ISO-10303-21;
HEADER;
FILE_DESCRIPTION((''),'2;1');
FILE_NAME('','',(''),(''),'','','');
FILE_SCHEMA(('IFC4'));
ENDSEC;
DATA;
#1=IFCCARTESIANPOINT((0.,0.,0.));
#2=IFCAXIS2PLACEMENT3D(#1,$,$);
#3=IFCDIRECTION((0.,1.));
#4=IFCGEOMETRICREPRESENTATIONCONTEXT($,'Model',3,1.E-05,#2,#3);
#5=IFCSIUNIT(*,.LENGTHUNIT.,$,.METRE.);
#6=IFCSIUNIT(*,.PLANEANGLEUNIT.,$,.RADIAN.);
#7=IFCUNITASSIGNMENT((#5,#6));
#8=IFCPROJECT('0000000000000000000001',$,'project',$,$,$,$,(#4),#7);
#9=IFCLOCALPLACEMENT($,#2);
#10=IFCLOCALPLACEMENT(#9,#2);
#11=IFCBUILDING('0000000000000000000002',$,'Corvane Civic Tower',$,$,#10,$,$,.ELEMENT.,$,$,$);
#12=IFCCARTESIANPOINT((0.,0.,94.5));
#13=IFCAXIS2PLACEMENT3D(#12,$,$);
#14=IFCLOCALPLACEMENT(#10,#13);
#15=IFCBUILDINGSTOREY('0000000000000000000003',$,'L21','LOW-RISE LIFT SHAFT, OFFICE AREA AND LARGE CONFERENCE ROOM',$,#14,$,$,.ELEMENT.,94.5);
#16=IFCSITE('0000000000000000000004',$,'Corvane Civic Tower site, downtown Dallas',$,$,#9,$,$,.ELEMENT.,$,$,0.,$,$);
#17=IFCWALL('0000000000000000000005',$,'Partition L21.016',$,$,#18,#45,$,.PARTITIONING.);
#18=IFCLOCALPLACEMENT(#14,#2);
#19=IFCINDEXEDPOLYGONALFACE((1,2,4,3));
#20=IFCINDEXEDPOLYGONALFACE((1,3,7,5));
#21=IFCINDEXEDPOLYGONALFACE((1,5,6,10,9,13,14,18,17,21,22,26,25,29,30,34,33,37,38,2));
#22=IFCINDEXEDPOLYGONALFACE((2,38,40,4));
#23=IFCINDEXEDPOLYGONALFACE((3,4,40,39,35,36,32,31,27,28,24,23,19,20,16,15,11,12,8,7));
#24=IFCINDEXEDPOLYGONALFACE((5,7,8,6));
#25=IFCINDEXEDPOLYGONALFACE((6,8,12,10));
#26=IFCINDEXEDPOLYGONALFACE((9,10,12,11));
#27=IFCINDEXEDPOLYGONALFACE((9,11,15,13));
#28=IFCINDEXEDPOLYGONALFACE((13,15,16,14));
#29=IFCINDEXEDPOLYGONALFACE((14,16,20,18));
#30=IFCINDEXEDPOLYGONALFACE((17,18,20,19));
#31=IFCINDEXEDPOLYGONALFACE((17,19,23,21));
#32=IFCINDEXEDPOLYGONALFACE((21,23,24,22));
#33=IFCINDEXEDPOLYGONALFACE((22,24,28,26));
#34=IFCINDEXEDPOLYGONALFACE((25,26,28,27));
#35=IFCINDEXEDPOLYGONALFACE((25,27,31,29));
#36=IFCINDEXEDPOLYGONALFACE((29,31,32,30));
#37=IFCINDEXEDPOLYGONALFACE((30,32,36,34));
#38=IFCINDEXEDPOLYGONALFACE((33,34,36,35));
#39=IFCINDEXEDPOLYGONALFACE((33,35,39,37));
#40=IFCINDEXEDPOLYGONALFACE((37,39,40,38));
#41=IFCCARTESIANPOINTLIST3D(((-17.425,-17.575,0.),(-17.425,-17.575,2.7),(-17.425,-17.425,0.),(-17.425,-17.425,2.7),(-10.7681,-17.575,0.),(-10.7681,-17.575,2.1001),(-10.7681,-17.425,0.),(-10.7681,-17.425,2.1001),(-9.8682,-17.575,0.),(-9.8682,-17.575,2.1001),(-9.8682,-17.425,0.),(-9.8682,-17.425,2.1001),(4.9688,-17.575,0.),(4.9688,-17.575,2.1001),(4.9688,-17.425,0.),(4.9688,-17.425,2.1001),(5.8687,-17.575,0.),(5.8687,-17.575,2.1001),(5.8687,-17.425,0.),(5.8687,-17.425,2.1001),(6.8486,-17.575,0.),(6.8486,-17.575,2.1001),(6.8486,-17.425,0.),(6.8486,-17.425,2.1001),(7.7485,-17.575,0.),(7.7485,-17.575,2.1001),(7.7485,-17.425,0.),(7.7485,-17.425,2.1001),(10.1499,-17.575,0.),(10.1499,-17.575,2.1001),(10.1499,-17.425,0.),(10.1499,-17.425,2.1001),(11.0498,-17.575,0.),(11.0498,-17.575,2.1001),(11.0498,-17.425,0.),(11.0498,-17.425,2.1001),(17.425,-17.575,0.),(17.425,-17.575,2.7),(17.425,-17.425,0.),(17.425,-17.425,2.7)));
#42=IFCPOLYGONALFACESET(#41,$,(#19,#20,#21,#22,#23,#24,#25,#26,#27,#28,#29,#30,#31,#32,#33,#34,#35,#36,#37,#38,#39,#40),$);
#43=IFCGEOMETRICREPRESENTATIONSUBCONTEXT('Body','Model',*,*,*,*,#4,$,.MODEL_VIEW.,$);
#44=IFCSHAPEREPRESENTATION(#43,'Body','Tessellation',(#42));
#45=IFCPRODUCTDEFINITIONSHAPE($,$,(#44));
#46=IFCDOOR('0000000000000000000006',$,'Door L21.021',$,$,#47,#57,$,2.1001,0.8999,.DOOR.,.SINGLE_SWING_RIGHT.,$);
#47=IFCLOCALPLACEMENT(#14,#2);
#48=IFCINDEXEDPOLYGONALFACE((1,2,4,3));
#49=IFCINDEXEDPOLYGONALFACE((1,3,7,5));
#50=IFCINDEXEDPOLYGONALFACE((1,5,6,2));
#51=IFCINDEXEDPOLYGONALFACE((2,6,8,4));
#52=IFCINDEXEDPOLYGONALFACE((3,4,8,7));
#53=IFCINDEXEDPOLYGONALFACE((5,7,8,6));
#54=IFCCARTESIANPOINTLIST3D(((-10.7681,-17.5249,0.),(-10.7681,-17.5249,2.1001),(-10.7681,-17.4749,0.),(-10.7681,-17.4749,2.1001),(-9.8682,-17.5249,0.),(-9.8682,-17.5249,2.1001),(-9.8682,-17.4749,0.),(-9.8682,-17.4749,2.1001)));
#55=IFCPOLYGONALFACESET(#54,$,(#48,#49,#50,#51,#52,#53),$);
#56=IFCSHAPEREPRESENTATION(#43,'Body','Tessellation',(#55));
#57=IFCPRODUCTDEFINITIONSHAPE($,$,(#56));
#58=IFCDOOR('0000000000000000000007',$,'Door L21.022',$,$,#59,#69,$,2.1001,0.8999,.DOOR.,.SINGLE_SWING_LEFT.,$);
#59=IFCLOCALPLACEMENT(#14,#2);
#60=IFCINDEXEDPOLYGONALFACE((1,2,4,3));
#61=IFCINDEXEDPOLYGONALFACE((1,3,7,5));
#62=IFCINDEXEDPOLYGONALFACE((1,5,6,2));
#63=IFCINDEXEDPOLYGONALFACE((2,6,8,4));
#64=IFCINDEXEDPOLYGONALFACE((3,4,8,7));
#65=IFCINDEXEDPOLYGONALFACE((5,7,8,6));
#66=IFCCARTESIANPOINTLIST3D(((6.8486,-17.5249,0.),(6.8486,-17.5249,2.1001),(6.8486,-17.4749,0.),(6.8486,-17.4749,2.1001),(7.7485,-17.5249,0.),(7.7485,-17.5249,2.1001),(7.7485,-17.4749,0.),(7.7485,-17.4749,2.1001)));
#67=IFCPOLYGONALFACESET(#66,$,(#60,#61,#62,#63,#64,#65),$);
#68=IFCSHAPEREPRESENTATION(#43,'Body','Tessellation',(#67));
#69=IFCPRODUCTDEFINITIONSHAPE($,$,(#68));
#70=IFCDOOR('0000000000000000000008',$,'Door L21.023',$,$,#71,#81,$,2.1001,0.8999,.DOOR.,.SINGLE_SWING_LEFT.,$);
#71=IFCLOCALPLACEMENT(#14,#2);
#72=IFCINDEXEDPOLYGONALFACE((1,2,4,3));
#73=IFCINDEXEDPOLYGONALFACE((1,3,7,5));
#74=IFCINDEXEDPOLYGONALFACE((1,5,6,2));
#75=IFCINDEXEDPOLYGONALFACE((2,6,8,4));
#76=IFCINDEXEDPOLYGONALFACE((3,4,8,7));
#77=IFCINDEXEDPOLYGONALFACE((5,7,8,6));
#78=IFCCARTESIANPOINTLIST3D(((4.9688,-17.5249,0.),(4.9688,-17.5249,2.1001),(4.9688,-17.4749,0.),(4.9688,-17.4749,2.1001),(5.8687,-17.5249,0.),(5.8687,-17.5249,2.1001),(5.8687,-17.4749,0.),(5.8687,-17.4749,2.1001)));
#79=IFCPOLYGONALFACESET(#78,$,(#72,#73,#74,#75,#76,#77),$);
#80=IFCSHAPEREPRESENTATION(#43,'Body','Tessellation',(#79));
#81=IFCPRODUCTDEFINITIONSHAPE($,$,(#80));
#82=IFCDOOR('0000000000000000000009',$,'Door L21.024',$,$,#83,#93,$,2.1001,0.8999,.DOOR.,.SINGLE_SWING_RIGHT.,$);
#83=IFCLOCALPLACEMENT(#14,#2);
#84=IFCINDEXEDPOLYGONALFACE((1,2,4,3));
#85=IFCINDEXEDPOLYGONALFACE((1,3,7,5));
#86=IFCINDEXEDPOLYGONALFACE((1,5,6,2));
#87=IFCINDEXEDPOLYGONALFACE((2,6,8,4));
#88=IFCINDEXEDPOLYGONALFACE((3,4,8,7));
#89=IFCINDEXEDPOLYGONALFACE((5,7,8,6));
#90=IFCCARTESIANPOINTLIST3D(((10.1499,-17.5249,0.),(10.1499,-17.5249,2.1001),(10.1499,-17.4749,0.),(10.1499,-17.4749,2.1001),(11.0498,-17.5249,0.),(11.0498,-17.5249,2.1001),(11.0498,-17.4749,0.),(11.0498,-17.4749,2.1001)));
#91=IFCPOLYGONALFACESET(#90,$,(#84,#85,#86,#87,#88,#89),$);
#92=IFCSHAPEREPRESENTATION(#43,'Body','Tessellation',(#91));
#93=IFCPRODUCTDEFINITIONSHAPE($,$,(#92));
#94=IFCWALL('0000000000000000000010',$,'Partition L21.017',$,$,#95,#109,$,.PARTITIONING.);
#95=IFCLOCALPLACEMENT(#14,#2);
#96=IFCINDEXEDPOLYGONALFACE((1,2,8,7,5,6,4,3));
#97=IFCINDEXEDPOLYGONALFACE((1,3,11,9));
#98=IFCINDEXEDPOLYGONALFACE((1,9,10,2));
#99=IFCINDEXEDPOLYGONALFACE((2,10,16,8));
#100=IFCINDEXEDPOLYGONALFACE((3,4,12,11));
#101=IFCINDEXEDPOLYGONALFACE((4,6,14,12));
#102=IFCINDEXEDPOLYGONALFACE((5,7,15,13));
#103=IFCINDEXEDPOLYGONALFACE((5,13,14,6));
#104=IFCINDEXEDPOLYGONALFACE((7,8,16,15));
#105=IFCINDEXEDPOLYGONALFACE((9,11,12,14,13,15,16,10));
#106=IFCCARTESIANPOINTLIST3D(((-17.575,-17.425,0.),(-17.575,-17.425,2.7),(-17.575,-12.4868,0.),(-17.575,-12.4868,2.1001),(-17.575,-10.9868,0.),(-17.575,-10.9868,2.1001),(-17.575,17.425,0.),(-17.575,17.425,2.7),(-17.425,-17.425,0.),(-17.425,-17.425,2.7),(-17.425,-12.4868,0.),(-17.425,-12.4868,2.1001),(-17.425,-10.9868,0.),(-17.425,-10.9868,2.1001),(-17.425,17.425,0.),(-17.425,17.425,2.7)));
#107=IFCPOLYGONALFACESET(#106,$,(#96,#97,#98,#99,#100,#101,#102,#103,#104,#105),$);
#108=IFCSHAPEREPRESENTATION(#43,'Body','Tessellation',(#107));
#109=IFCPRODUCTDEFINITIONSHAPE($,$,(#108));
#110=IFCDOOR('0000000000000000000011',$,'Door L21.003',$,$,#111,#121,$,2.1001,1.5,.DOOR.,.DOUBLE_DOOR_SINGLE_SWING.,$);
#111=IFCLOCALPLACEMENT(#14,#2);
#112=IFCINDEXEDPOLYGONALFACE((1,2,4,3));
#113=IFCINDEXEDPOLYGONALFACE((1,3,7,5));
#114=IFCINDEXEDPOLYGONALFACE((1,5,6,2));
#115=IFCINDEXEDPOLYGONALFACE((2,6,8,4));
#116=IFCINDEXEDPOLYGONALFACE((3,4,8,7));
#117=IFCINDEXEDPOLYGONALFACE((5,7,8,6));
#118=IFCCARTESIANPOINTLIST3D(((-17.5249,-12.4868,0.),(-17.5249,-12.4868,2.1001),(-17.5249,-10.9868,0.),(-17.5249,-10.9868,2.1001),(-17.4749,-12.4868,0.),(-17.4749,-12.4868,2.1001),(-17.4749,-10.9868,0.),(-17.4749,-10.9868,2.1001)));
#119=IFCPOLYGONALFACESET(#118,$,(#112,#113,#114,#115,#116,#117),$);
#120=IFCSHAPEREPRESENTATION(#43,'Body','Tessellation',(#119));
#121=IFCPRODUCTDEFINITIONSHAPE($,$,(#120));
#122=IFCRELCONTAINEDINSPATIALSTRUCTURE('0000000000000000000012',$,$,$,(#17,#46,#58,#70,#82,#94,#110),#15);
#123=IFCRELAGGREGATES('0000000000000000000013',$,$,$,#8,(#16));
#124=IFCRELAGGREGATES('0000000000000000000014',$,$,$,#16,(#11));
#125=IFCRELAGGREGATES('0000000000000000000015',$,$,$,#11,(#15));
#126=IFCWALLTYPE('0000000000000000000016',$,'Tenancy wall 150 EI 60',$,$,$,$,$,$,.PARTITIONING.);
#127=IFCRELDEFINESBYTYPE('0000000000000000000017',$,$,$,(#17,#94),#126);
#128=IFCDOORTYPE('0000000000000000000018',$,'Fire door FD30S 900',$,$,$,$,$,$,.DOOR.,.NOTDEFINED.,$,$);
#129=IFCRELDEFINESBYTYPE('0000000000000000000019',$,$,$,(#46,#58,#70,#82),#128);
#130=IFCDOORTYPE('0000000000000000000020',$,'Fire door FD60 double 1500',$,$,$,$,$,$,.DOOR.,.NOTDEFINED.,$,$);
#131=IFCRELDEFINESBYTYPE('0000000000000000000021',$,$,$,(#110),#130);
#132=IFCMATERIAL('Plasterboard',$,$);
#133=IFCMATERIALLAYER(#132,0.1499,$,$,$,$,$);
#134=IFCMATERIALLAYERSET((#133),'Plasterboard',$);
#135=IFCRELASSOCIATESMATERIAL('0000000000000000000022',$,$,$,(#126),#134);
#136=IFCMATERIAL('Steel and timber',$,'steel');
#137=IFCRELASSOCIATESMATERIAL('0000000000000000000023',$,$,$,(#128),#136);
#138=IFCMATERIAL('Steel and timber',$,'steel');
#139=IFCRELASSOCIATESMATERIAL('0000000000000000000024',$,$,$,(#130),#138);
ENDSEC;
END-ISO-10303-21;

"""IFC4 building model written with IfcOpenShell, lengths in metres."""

from ifc_helpers import new_model, si_unit, direction, frame, frame_2d, origin, place, context, subcontext, project, spatial, rectangle, extrude, material, layer, layer_set, type_object, element, fill, save


model = new_model("IFC4")

# Units and contexts
model_context = context("Model", 3, precision=1e-05, world=origin(), true_north=direction((0.0, 1.0)))
body_context = subcontext(model_context, "Body", "Model", "MODEL_VIEW")
ifc_project = project(units=[si_unit("LENGTHUNIT", "METRE"), si_unit("PLANEANGLEUNIT", "RADIAN")], contexts=[model_context])

# Site, building, storey
site_placement = place(None, origin())
site = spatial("IfcSite", under=ifc_project, at=site_placement, Name="Corvane Civic Tower site, downtown Dallas", CompositionType="ELEMENT", RefElevation=0.0)
building_placement = place(site_placement, origin())
building = spatial("IfcBuilding", under=site, at=building_placement, Name="Corvane Civic Tower", CompositionType="ELEMENT")
storey_placement = place(building_placement, frame((0.0, 0.0, 94.5)))
storey = spatial("IfcBuildingStorey", under=building, at=storey_placement, Name="L21", Description="LOW-RISE LIFT SHAFT, OFFICE AREA AND LARGE CONFERENCE ROOM", CompositionType="ELEMENT", Elevation=94.5)

# Wall, openings, doors
ifc_material_1 = material(Name="Plasterboard")
ifc_layer_1 = layer(ifc_material_1, 0.1499)
ifc_layer_set_1 = layer_set([ifc_layer_1], Name="Plasterboard")
wall_type_1 = type_object("IfcWallType", Name="Tenancy wall 150 EI 60", PredefinedType="PARTITIONING", material=ifc_layer_set_1)
wall_1_placement = place(storey_placement, frame((-17.425, -17.5, 0.0), z_axis=(0.0, 0.0, 1.0), x_axis=(1.0, 0.0, 0.0)))
wall_1 = element("IfcWall", 1, at=wall_1_placement, inside=storey, type_object=wall_type_1, Name="Partition L21.016", PredefinedType="PARTITIONING", context=body_context, shape_type="SweptSolid", body=[
    extrude(rectangle(XDim=34.8501, YDim=0.1499, at=frame_2d((17.425, 0.0))), origin(), (0.0, 0.0, 1.0), 2.7),
])
opening_1_placement = place(wall_1_placement, frame((6.657, 0.0, 0.0)))
opening_1 = element("IfcOpeningElement", 2, at=opening_1_placement, cuts=wall_1, PredefinedType="OPENING", context=body_context, shape_type="SweptSolid", body=[
    extrude(rectangle(XDim=0.8999, YDim=2.1001, at=frame_2d((0.45, 1.05))), frame((0.0, 0.085, 0.0), z_axis=(0.0, -1.0, 0.0), x_axis=(1.0, 0.0, 0.0)), (0.0, 0.0, 1.0), 0.1699),
])
opening_2_placement = place(wall_1_placement, frame((24.2737, 0.0, 0.0)))
opening_2 = element("IfcOpeningElement", 3, at=opening_2_placement, cuts=wall_1, PredefinedType="OPENING", context=body_context, shape_type="SweptSolid", body=[
    extrude(rectangle(XDim=0.8999, YDim=2.1001, at=frame_2d((0.45, 1.05))), frame((0.0, 0.085, 0.0), z_axis=(0.0, -1.0, 0.0), x_axis=(1.0, 0.0, 0.0)), (0.0, 0.0, 1.0), 0.1699),
])
opening_3_placement = place(wall_1_placement, frame((22.3938, 0.0, 0.0)))
opening_3 = element("IfcOpeningElement", 4, at=opening_3_placement, cuts=wall_1, PredefinedType="OPENING", context=body_context, shape_type="SweptSolid", body=[
    extrude(rectangle(XDim=0.8999, YDim=2.1001, at=frame_2d((0.45, 1.05))), frame((0.0, 0.085, 0.0), z_axis=(0.0, -1.0, 0.0), x_axis=(1.0, 0.0, 0.0)), (0.0, 0.0, 1.0), 0.1699),
])
opening_4_placement = place(wall_1_placement, frame((27.575, 0.0, 0.0)))
opening_4 = element("IfcOpeningElement", 5, at=opening_4_placement, cuts=wall_1, PredefinedType="OPENING", context=body_context, shape_type="SweptSolid", body=[
    extrude(rectangle(XDim=0.8999, YDim=2.1001, at=frame_2d((0.45, 1.05))), frame((0.0, 0.085, 0.0), z_axis=(0.0, -1.0, 0.0), x_axis=(1.0, 0.0, 0.0)), (0.0, 0.0, 1.0), 0.1699),
])
ifc_material_2 = material(Name="Steel and timber", Category="steel")
door_type_1 = type_object("IfcDoorType", Name="Fire door FD30S 900", OperationType="NOTDEFINED", PredefinedType="DOOR", material=ifc_material_2)
door_1_placement = place(opening_1_placement, frame((0.8999, 0.0, 0.0), z_axis=(0.0, 0.0, 1.0), x_axis=(-1.0, 0.0, 0.0)))
door_1 = element("IfcDoor", 6, at=door_1_placement, inside=storey, type_object=door_type_1, Name="Door L21.021", OperationType="SINGLE_SWING_RIGHT", OverallHeight=2.1001, OverallWidth=0.8999, PredefinedType="DOOR", context=body_context, shape_type="SweptSolid", body=[
    extrude(rectangle(XDim=0.8999, YDim=2.1001, at=frame_2d((0.45, 1.05))), frame((0.0, 0.0249, 0.0), z_axis=(0.0, -1.0, 0.0), x_axis=(1.0, 0.0, 0.0)), (0.0, 0.0, 1.0), 0.05),
])
fill(opening_1, door_1)
door_2_placement = place(opening_2_placement, frame((0.8999, 0.0, 0.0), z_axis=(0.0, 0.0, 1.0), x_axis=(-1.0, 0.0, 0.0)))
door_2 = element("IfcDoor", 7, at=door_2_placement, inside=storey, type_object=door_type_1, Name="Door L21.022", OperationType="SINGLE_SWING_LEFT", OverallHeight=2.1001, OverallWidth=0.8999, PredefinedType="DOOR", context=body_context, shape_type="SweptSolid", body=[
    extrude(rectangle(XDim=0.8999, YDim=2.1001, at=frame_2d((0.45, 1.05))), frame((0.0, 0.0249, 0.0), z_axis=(0.0, -1.0, 0.0), x_axis=(1.0, 0.0, 0.0)), (0.0, 0.0, 1.0), 0.05),
])
fill(opening_2, door_2)
door_3_placement = place(opening_3_placement, frame((0.8999, 0.0, 0.0), z_axis=(0.0, 0.0, 1.0), x_axis=(-1.0, 0.0, 0.0)))
door_3 = element("IfcDoor", 8, at=door_3_placement, inside=storey, type_object=door_type_1, Name="Door L21.023", OperationType="SINGLE_SWING_LEFT", OverallHeight=2.1001, OverallWidth=0.8999, PredefinedType="DOOR", context=body_context, shape_type="SweptSolid", body=[
    extrude(rectangle(XDim=0.8999, YDim=2.1001, at=frame_2d((0.45, 1.05))), frame((0.0, 0.0249, 0.0), z_axis=(0.0, -1.0, 0.0), x_axis=(1.0, 0.0, 0.0)), (0.0, 0.0, 1.0), 0.05),
])
fill(opening_3, door_3)
door_4_placement = place(opening_4_placement, frame((0.8999, 0.0, 0.0), z_axis=(0.0, 0.0, 1.0), x_axis=(-1.0, 0.0, 0.0)))
door_4 = element("IfcDoor", 9, at=door_4_placement, inside=storey, type_object=door_type_1, Name="Door L21.024", OperationType="SINGLE_SWING_RIGHT", OverallHeight=2.1001, OverallWidth=0.8999, PredefinedType="DOOR", context=body_context, shape_type="SweptSolid", body=[
    extrude(rectangle(XDim=0.8999, YDim=2.1001, at=frame_2d((0.45, 1.05))), frame((0.0, 0.0249, 0.0), z_axis=(0.0, -1.0, 0.0), x_axis=(1.0, 0.0, 0.0)), (0.0, 0.0, 1.0), 0.05),
])
fill(opening_4, door_4)

# Wall, opening, door
wall_2_placement = place(storey_placement, frame((-17.5, -17.425, 0.0), z_axis=(0.0, 0.0, 1.0), x_axis=(0.0, 1.0, 0.0)))
wall_2 = element("IfcWall", 10, at=wall_2_placement, inside=storey, type_object=wall_type_1, Name="Partition L21.017", PredefinedType="PARTITIONING", context=body_context, shape_type="SweptSolid", body=[
    extrude(rectangle(XDim=34.8501, YDim=0.1499, at=frame_2d((17.425, 0.0))), origin(), (0.0, 0.0, 1.0), 2.7),
])
opening_5_placement = place(wall_2_placement, frame((4.9382, 0.0, 0.0)))
opening_5 = element("IfcOpeningElement", 11, at=opening_5_placement, cuts=wall_2, PredefinedType="OPENING", context=body_context, shape_type="SweptSolid", body=[
    extrude(rectangle(XDim=1.5, YDim=2.1001, at=frame_2d((0.75, 1.05))), frame((0.0, 0.085, 0.0), z_axis=(0.0, -1.0, 0.0), x_axis=(1.0, 0.0, 0.0)), (0.0, 0.0, 1.0), 0.1699),
])
ifc_material_3 = material(Name="Steel and timber", Category="steel")
door_type_2 = type_object("IfcDoorType", Name="Fire door FD60 double 1500", OperationType="NOTDEFINED", PredefinedType="DOOR", material=ifc_material_3)
door_5_placement = place(opening_5_placement, origin())
door_5 = element("IfcDoor", 12, at=door_5_placement, inside=storey, type_object=door_type_2, Name="Door L21.003", OperationType="DOUBLE_DOOR_SINGLE_SWING", OverallHeight=2.1001, OverallWidth=1.5, PredefinedType="DOOR", context=body_context, shape_type="SweptSolid", body=[
    extrude(rectangle(XDim=1.5, YDim=2.1001, at=frame_2d((0.75, 1.05))), frame((0.0, 0.0249, 0.0), z_axis=(0.0, -1.0, 0.0), x_axis=(1.0, 0.0, 0.0)), (0.0, 0.0, 1.0), 0.05),
])
fill(opening_5, door_5)

save(model, "model.ifc")
